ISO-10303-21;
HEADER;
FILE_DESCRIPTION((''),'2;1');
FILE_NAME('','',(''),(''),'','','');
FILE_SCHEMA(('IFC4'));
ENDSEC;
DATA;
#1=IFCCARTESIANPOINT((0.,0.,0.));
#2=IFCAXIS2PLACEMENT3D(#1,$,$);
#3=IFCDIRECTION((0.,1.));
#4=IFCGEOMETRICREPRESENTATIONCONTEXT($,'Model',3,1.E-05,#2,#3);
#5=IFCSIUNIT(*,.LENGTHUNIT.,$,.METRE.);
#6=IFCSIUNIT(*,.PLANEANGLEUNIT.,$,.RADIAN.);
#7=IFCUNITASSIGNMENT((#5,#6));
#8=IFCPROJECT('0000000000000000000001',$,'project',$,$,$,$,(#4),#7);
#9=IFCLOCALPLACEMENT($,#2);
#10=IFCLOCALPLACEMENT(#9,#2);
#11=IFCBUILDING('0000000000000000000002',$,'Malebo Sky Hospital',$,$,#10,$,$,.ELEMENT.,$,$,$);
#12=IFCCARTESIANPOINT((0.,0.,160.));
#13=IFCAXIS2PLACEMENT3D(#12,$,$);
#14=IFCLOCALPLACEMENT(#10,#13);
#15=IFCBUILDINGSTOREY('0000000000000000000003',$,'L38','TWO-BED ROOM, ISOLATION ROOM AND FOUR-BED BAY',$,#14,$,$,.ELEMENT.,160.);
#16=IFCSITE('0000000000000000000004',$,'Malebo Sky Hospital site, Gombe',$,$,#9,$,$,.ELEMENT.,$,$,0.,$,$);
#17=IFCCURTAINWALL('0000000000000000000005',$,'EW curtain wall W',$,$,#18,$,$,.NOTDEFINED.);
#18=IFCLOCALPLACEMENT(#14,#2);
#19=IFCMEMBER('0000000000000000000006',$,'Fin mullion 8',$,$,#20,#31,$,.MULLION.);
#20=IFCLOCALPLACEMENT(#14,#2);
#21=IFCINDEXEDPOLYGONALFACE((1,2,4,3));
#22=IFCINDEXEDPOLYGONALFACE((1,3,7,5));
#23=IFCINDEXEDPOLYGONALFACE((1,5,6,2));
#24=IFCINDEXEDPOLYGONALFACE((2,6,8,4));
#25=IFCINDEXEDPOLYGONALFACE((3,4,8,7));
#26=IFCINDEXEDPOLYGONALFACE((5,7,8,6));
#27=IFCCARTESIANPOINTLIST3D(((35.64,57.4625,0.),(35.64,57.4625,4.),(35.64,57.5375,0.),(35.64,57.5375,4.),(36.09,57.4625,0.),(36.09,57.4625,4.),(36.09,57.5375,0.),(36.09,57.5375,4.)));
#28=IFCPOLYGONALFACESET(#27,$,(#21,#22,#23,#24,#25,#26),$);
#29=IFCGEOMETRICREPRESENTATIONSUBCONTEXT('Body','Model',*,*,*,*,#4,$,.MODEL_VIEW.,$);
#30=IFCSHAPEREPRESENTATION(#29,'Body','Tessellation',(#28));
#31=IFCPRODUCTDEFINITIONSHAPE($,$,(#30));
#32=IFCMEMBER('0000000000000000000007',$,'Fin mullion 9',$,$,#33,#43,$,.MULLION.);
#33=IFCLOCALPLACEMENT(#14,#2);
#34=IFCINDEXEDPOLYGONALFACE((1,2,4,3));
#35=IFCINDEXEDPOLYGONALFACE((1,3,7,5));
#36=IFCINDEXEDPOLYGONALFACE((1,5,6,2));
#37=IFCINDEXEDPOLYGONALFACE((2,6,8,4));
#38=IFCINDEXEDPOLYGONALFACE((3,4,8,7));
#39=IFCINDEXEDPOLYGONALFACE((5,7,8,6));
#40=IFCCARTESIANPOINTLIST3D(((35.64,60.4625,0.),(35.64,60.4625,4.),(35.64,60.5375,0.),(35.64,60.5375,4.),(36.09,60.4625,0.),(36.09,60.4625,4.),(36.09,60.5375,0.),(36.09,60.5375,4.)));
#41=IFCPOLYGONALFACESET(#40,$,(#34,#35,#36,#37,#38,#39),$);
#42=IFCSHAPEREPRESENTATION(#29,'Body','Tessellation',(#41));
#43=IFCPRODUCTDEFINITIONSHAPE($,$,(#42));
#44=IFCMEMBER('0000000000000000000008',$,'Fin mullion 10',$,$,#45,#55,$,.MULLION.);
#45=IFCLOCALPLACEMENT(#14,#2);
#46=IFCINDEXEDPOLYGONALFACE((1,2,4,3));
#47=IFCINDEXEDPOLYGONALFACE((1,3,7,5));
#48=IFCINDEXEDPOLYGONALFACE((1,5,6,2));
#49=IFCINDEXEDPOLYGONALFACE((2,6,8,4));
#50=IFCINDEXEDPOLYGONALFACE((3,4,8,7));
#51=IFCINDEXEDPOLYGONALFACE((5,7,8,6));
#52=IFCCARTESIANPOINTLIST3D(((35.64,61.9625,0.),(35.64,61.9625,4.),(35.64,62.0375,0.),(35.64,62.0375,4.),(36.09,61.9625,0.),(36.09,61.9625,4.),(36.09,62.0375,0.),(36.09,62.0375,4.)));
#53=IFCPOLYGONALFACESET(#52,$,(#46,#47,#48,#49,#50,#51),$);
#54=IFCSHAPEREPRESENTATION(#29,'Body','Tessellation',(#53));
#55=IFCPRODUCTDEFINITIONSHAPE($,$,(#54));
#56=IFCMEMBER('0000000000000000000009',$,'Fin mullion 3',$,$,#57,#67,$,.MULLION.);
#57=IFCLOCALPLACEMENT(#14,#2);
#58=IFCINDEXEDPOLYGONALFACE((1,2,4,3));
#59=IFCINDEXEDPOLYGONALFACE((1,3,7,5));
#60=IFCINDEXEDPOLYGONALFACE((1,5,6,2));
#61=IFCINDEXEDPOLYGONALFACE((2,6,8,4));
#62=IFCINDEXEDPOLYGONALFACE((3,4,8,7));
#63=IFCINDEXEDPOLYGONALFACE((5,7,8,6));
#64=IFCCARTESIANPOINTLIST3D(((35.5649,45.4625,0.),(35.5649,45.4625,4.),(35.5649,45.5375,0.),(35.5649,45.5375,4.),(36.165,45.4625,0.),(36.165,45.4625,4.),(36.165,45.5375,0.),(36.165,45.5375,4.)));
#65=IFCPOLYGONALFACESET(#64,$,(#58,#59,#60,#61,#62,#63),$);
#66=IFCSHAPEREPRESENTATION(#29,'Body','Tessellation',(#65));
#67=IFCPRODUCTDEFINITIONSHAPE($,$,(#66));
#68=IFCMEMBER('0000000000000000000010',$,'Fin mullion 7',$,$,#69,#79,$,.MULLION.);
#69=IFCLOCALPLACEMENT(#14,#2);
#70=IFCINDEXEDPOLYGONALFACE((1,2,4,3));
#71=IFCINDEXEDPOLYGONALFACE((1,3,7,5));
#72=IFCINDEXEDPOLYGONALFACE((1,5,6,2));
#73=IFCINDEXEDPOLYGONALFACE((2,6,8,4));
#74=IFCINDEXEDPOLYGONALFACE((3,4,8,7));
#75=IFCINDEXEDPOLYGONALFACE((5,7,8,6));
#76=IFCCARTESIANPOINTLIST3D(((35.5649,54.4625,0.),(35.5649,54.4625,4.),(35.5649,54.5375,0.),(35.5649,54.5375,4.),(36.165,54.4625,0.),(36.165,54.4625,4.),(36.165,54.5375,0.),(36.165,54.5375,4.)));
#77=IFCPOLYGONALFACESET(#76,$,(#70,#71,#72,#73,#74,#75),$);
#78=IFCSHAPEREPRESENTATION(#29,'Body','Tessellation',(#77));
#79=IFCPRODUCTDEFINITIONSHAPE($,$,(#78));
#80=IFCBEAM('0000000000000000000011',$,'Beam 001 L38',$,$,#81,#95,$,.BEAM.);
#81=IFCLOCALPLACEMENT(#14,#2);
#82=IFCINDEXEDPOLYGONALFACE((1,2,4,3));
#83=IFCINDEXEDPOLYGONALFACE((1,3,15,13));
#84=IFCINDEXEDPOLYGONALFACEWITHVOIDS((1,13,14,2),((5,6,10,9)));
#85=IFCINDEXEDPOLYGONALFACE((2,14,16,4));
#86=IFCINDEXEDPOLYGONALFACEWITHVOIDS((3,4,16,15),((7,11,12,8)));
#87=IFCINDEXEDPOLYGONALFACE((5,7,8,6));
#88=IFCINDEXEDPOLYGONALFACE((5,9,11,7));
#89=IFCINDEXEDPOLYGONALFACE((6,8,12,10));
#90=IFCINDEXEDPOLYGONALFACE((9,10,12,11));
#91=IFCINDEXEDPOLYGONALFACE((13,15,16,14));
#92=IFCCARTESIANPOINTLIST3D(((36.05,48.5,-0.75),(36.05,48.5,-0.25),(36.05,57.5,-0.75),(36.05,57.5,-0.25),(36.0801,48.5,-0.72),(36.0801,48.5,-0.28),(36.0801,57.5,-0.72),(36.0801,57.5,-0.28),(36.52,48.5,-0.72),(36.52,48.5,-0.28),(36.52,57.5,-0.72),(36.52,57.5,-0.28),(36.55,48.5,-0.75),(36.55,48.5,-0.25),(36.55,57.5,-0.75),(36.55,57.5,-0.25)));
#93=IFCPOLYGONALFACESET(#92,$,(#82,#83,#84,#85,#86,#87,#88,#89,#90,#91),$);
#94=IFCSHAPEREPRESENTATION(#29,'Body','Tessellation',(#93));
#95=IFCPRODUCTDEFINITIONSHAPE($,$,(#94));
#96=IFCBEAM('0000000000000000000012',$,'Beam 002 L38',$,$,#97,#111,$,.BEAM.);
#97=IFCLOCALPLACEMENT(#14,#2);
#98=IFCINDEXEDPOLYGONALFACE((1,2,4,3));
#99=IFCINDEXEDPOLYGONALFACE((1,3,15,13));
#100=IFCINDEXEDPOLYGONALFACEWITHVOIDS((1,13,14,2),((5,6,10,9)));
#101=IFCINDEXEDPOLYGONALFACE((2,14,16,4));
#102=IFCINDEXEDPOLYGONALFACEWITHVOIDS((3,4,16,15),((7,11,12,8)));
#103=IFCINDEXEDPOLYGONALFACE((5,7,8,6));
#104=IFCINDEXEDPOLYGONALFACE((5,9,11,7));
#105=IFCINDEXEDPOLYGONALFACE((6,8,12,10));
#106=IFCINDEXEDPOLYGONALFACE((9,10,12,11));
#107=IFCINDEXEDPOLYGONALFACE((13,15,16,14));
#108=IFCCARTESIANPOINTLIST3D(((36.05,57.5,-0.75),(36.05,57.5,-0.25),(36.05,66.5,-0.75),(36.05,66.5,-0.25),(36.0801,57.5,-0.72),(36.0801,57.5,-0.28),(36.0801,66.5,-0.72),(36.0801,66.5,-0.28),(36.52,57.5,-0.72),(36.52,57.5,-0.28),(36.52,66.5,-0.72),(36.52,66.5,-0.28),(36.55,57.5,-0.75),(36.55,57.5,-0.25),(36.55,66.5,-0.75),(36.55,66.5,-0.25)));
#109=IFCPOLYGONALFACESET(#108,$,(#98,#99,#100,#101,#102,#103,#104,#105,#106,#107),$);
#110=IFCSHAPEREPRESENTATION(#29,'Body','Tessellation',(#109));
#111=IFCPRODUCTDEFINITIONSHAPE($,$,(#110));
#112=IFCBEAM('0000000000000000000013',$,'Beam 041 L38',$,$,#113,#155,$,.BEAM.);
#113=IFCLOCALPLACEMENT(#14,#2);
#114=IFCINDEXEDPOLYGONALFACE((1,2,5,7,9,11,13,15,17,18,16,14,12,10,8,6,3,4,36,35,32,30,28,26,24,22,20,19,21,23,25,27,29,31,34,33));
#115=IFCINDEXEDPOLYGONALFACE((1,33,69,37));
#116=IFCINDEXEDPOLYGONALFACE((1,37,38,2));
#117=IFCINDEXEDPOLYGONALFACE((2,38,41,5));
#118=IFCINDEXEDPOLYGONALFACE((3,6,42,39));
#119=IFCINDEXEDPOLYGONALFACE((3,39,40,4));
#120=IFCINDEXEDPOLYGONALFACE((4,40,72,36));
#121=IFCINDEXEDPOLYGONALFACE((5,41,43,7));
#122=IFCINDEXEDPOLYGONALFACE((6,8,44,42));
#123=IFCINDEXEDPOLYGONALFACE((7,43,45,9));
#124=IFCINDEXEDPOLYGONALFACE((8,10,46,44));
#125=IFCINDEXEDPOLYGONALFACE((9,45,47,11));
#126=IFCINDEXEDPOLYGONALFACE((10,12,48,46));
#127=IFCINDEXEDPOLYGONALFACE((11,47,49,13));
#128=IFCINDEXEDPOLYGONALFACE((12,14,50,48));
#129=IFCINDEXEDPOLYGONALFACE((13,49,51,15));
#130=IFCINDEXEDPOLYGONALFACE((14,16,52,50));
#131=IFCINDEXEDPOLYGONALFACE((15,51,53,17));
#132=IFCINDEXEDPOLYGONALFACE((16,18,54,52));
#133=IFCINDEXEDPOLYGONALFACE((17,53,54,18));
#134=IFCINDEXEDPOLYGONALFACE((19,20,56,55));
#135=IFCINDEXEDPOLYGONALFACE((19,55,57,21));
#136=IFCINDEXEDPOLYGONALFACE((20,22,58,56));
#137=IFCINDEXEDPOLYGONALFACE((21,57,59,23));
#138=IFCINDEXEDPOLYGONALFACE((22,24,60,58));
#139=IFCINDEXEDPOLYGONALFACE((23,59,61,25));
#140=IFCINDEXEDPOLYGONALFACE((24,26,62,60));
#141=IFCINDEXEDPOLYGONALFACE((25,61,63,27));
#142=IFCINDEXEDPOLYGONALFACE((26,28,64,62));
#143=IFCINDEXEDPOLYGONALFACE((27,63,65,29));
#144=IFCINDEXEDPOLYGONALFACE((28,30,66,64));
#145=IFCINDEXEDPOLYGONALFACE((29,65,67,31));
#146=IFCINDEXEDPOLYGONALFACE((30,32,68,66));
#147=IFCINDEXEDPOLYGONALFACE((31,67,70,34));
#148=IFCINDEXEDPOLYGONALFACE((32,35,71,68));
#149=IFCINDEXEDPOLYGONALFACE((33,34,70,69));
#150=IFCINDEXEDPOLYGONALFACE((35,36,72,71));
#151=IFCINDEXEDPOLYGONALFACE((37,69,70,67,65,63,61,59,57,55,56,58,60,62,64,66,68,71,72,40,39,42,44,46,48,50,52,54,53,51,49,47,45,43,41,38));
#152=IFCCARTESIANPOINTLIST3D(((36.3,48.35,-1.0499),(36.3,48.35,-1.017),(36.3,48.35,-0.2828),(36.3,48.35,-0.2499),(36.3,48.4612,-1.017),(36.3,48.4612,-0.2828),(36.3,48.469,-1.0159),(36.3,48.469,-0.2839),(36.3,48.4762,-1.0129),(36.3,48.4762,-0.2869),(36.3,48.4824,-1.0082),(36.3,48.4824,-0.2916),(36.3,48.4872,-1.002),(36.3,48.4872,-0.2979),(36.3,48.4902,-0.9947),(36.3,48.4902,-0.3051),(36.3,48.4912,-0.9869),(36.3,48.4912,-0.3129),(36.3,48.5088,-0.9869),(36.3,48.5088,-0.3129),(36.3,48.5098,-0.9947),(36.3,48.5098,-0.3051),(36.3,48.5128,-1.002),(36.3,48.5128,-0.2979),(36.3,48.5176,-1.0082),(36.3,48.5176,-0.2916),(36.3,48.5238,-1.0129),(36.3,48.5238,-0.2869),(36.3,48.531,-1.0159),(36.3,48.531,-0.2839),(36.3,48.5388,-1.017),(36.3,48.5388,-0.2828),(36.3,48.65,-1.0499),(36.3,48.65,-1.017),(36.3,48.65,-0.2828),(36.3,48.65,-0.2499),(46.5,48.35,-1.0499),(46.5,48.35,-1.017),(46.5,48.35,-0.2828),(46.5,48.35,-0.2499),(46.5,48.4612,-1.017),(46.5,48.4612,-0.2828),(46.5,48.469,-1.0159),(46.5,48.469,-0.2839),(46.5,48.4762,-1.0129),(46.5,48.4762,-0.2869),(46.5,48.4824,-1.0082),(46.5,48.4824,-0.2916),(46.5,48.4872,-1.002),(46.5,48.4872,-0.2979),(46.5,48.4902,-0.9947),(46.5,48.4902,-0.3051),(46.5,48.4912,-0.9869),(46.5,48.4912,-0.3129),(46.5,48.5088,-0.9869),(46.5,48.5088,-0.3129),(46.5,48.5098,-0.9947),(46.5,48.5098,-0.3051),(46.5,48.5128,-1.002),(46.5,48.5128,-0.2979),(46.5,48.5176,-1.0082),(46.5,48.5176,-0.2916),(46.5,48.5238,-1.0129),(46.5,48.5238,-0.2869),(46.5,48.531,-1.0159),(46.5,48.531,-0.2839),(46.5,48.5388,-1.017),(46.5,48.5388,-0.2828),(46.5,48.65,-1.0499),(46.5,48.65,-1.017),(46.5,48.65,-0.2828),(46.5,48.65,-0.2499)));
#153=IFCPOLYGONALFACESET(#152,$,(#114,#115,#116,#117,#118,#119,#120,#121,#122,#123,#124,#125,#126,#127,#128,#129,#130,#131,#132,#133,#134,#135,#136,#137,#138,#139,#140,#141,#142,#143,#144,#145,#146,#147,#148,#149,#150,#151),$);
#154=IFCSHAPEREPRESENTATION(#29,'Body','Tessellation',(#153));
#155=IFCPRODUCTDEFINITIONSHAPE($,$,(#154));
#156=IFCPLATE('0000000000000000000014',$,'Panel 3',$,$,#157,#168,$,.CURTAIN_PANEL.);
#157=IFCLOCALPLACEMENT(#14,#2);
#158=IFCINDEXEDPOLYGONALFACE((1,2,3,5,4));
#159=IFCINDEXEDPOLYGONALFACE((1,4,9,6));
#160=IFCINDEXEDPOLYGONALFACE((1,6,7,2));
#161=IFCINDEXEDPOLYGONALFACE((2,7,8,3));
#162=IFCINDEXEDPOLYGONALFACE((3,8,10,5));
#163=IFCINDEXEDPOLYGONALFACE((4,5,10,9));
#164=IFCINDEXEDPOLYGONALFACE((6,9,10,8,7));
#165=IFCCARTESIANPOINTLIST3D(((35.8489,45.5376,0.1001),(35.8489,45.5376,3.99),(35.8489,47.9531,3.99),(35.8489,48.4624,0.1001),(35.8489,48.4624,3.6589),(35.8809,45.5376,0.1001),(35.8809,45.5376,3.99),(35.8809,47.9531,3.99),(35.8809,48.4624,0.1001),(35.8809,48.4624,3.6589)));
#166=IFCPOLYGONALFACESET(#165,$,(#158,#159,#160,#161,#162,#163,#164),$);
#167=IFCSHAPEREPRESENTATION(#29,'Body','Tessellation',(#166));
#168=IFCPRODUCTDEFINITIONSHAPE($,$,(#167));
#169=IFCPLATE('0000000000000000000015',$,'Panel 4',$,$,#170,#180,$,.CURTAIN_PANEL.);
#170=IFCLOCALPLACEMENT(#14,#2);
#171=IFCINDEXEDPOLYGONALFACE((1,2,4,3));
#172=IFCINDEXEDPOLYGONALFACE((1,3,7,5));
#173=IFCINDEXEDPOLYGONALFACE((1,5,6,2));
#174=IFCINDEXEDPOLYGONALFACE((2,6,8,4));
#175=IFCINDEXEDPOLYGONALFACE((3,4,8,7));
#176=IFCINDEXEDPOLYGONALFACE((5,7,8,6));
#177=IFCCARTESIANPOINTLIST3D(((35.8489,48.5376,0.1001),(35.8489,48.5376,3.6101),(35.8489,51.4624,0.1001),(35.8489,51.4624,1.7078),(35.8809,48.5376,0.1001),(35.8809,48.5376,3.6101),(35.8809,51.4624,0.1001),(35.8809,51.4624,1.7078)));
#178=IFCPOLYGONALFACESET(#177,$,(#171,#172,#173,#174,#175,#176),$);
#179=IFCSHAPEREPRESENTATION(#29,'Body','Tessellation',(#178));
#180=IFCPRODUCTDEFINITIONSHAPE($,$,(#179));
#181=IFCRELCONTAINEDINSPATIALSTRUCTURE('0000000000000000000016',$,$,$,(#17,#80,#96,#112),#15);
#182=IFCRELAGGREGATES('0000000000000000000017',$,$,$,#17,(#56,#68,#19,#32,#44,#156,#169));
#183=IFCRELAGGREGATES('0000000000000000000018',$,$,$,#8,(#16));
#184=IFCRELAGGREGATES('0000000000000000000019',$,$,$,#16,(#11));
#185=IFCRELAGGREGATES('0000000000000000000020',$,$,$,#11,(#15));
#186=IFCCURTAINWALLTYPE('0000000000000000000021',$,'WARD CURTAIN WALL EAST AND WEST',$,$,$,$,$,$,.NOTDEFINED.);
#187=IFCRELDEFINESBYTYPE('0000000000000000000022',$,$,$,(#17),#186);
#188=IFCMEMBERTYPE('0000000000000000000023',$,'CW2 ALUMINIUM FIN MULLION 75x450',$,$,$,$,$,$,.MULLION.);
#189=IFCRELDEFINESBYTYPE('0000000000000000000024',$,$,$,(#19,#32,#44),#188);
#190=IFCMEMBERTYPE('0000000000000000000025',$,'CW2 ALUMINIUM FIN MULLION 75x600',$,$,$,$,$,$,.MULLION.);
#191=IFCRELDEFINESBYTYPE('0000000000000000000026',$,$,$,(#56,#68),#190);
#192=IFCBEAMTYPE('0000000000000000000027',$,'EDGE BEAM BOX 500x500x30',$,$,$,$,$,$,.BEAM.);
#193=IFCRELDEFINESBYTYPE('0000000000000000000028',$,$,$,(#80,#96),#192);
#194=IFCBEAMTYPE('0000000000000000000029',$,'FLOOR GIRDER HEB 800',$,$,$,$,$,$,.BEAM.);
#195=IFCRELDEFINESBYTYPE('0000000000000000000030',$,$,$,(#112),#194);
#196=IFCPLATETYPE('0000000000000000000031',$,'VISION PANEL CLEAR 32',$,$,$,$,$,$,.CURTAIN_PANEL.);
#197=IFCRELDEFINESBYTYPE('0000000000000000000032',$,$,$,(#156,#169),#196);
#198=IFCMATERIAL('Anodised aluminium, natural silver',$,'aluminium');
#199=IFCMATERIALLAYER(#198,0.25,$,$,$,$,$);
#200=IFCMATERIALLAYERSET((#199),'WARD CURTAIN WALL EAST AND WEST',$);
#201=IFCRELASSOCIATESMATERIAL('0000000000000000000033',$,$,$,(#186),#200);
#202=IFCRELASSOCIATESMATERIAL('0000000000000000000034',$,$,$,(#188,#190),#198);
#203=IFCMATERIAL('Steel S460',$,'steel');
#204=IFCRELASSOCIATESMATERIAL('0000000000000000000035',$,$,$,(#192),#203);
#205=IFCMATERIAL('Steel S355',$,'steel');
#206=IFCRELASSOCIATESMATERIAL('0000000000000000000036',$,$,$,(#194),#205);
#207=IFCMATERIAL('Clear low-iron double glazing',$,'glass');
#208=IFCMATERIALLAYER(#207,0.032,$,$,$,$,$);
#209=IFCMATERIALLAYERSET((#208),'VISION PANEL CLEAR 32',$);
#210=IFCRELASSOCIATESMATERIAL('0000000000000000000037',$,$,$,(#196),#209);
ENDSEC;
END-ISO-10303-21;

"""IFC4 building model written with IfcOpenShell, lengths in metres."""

from ifc_helpers import new_model, si_unit, direction, frame, origin, origin_2d, place, context, subcontext, project, spatial, polyline, rectangle, hollow_rectangle, i_section, outline, extrude, material, layer, layer_set, material_profile, profile_set, type_object, element, aggregate, save


model = new_model("IFC4")

# Units and contexts
model_context = context("Model", 3, precision=1e-05, world=origin(), true_north=direction((0.0, 1.0)))
body_context = subcontext(model_context, "Body", "Model", "MODEL_VIEW")
ifc_project = project(units=[si_unit("LENGTHUNIT", "METRE"), si_unit("PLANEANGLEUNIT", "RADIAN")], contexts=[model_context])

# Site, building, storey
site_placement = place(None, origin())
site = spatial("IfcSite", under=ifc_project, at=site_placement, Name="Malebo Sky Hospital site, Gombe", CompositionType="ELEMENT", RefElevation=0.0)
building_placement = place(site_placement, origin())
building = spatial("IfcBuilding", under=site, at=building_placement, Name="Malebo Sky Hospital", CompositionType="ELEMENT")
storey_placement = place(building_placement, frame((0.0, 0.0, 160.0)))
storey = spatial("IfcBuildingStorey", under=building, at=storey_placement, Name="L38", Description="TWO-BED ROOM, ISOLATION ROOM AND FOUR-BED BAY", CompositionType="ELEMENT", Elevation=160.0)

# Shared definitions
ifc_material_1 = material(Name="Steel S460", Category="steel")

# Curtain wall
ifc_material_2 = material(Name="Anodised aluminium, natural silver", Category="aluminium")
ifc_layer_1 = layer(ifc_material_2, 0.25)
ifc_layer_set_1 = layer_set([ifc_layer_1], Name="WARD CURTAIN WALL EAST AND WEST")
curtain_wall_type = type_object("IfcCurtainWallType", Name="WARD CURTAIN WALL EAST AND WEST", PredefinedType="NOTDEFINED", material=ifc_layer_set_1)
curtain_wall_placement = place(storey_placement, origin())
curtain_wall = element("IfcCurtainWall", 1, at=curtain_wall_placement, inside=storey, type_object=curtain_wall_type, Name="EW curtain wall W", PredefinedType="NOTDEFINED")

# Members
ifc_material_3 = material(Name="Steel S355", Category="steel")
ifc_material_profile_1 = material_profile(ifc_material_2, rectangle(XDim=0.075, YDim=0.45, at=origin_2d()), Name="CW2 ALUMINIUM FIN MULLION 75x450")
ifc_profile_set_1 = profile_set([ifc_material_profile_1], Name="Anodised aluminium, natural silver")
member_type_1 = type_object("IfcMemberType", Name="CW2 ALUMINIUM FIN MULLION 75x450", PredefinedType="MULLION", material=ifc_profile_set_1)
member_1_placement = place(storey_placement, frame((35.865, 57.5, 0.0), z_axis=(0.0, 0.0, 1.0), x_axis=(0.0, 1.0, 0.0)))
member_1 = element("IfcMember", 2, at=member_1_placement, type_object=member_type_1, Name="Fin mullion 8", PredefinedType="MULLION", context=body_context, shape_type="SweptSolid", body=[
    extrude(rectangle(XDim=0.075, YDim=0.45, at=origin_2d()), origin(), (0.0, 0.0, 1.0), 4.0),
])
member_2_placement = place(storey_placement, frame((35.865, 60.5, 0.0), z_axis=(0.0, 0.0, 1.0), x_axis=(0.0, 1.0, 0.0)))
member_2 = element("IfcMember", 3, at=member_2_placement, type_object=member_type_1, Name="Fin mullion 9", PredefinedType="MULLION", context=body_context, shape_type="SweptSolid", body=[
    extrude(rectangle(XDim=0.075, YDim=0.45, at=origin_2d()), origin(), (0.0, 0.0, 1.0), 4.0),
])
member_3_placement = place(storey_placement, frame((35.865, 62.0, 0.0), z_axis=(0.0, 0.0, 1.0), x_axis=(0.0, 1.0, 0.0)))
member_3 = element("IfcMember", 4, at=member_3_placement, type_object=member_type_1, Name="Fin mullion 10", PredefinedType="MULLION", context=body_context, shape_type="SweptSolid", body=[
    extrude(rectangle(XDim=0.075, YDim=0.45, at=origin_2d()), origin(), (0.0, 0.0, 1.0), 4.0),
])
ifc_material_profile_2 = material_profile(ifc_material_2, rectangle(XDim=0.075, YDim=0.6001, at=origin_2d()), Name="CW2 ALUMINIUM FIN MULLION 75x600")
ifc_profile_set_2 = profile_set([ifc_material_profile_2], Name="Anodised aluminium, natural silver")
member_type_2 = type_object("IfcMemberType", Name="CW2 ALUMINIUM FIN MULLION 75x600", PredefinedType="MULLION", material=ifc_profile_set_2)
member_4_placement = place(storey_placement, frame((35.865, 45.5, 0.0), z_axis=(0.0, 0.0, 1.0), x_axis=(0.0, 1.0, 0.0)))
member_4 = element("IfcMember", 5, at=member_4_placement, type_object=member_type_2, Name="Fin mullion 3", PredefinedType="MULLION", context=body_context, shape_type="SweptSolid", body=[
    extrude(rectangle(XDim=0.075, YDim=0.6001, at=origin_2d()), origin(), (0.0, 0.0, 1.0), 4.0),
])
member_5_placement = place(storey_placement, frame((35.865, 54.5, 0.0), z_axis=(0.0, 0.0, 1.0), x_axis=(0.0, 1.0, 0.0)))
member_5 = element("IfcMember", 6, at=member_5_placement, type_object=member_type_2, Name="Fin mullion 7", PredefinedType="MULLION", context=body_context, shape_type="SweptSolid", body=[
    extrude(rectangle(XDim=0.075, YDim=0.6001, at=origin_2d()), origin(), (0.0, 0.0, 1.0), 4.0),
])

# Beams
ifc_material_profile_3 = material_profile(ifc_material_1, hollow_rectangle(XDim=0.5, YDim=0.5, WallThickness=0.03, at=origin_2d()), Name="BOX 500x500x30")
ifc_profile_set_3 = profile_set([ifc_material_profile_3], Name="Steel S460")
beam_type_1 = type_object("IfcBeamType", Name="EDGE BEAM BOX 500x500x30", PredefinedType="BEAM", material=ifc_profile_set_3)
for number, where, z_axis, x_axis, name in (
    (7, (36.3, 48.5, -0.5), (0.0, 1.0, 0.0), (-1.0, 0.0, 0.0), "Beam 001 L38"),
    (8, (36.3, 57.5, -0.5), (0.0, 1.0, 0.0), (-1.0, 0.0, 0.0), "Beam 002 L38"),
):
    element("IfcBeam", number, at=place(storey_placement, frame(where, z_axis=z_axis, x_axis=x_axis)), inside=storey, type_object=beam_type_1, Name=name, PredefinedType="BEAM", context=body_context, shape_type="SweptSolid", body=[
        extrude(hollow_rectangle(XDim=0.5, YDim=0.5, WallThickness=0.03, at=origin_2d()), origin(), (0.0, 0.0, 1.0), 9.0),
    ])
ifc_material_profile_4 = material_profile(ifc_material_3, i_section(OverallWidth=0.3, OverallDepth=0.8, WebThickness=0.0176, FlangeThickness=0.033, FilletRadius=0.03, at=origin_2d()), Name="HEB 800")
ifc_profile_set_4 = profile_set([ifc_material_profile_4], Name="Steel S355")
beam_type_2 = type_object("IfcBeamType", Name="FLOOR GIRDER HEB 800", PredefinedType="BEAM", material=ifc_profile_set_4)
beam_placement = place(storey_placement, frame((36.3, 48.5, -0.6499), z_axis=(1.0, 0.0, 0.0), x_axis=(0.0, 1.0, 0.0)))
element("IfcBeam", 9, at=beam_placement, inside=storey, type_object=beam_type_2, Name="Beam 041 L38", PredefinedType="BEAM", context=body_context, shape_type="SweptSolid", body=[
    extrude(i_section(OverallWidth=0.3, OverallDepth=0.8, WebThickness=0.0176, FlangeThickness=0.033, FilletRadius=0.03, at=origin_2d()), origin(), (0.0, 0.0, 1.0), 10.2),
])

# Plates
ifc_material_4 = material(Name="Clear low-iron double glazing", Category="glass")
ifc_layer_2 = layer(ifc_material_4, 0.032)
ifc_layer_set_2 = layer_set([ifc_layer_2], Name="VISION PANEL CLEAR 32")
plate_type = type_object("IfcPlateType", Name="VISION PANEL CLEAR 32", PredefinedType="CURTAIN_PANEL", material=ifc_layer_set_2)
plate_1_placement = place(storey_placement, frame((35.865, 47.0, 0.1001), z_axis=(0.0, 0.0, 1.0), x_axis=(0.0, 1.0, 0.0)))
plate_1 = element("IfcPlate", 10, at=plate_1_placement, type_object=plate_type, Name="Panel 3", PredefinedType="CURTAIN_PANEL", context=body_context, shape_type="SweptSolid", body=[
    extrude(outline(polyline([(-1.4624, 0.0), (1.4624, 0.0), (1.4624, 3.5588), (0.9531, 3.8899), (-1.4624, 3.8899), (-1.4624, 0.0)])), frame((0.0, 0.0161, 0.0), z_axis=(0.0, -1.0, 0.0), x_axis=(1.0, 0.0, 0.0)), (0.0, 0.0, 1.0), 0.032),
])
plate_2_placement = place(storey_placement, frame((35.865, 50.0, 0.1001), z_axis=(0.0, 0.0, 1.0), x_axis=(0.0, 1.0, 0.0)))
plate_2 = element("IfcPlate", 11, at=plate_2_placement, type_object=plate_type, Name="Panel 4", PredefinedType="CURTAIN_PANEL", context=body_context, shape_type="SweptSolid", body=[
    extrude(outline(polyline([(-1.4624, 0.0), (1.4624, 0.0), (1.4624, 1.6077), (-1.4624, 3.51), (-1.4624, 0.0)])), frame((0.0, 0.0161, 0.0), z_axis=(0.0, -1.0, 0.0), x_axis=(1.0, 0.0, 0.0)), (0.0, 0.0, 1.0), 0.032),
])
aggregate(curtain_wall, [member_4, member_5, member_1, member_2, member_3, plate_1, plate_2])

save(model, "model.ifc")
